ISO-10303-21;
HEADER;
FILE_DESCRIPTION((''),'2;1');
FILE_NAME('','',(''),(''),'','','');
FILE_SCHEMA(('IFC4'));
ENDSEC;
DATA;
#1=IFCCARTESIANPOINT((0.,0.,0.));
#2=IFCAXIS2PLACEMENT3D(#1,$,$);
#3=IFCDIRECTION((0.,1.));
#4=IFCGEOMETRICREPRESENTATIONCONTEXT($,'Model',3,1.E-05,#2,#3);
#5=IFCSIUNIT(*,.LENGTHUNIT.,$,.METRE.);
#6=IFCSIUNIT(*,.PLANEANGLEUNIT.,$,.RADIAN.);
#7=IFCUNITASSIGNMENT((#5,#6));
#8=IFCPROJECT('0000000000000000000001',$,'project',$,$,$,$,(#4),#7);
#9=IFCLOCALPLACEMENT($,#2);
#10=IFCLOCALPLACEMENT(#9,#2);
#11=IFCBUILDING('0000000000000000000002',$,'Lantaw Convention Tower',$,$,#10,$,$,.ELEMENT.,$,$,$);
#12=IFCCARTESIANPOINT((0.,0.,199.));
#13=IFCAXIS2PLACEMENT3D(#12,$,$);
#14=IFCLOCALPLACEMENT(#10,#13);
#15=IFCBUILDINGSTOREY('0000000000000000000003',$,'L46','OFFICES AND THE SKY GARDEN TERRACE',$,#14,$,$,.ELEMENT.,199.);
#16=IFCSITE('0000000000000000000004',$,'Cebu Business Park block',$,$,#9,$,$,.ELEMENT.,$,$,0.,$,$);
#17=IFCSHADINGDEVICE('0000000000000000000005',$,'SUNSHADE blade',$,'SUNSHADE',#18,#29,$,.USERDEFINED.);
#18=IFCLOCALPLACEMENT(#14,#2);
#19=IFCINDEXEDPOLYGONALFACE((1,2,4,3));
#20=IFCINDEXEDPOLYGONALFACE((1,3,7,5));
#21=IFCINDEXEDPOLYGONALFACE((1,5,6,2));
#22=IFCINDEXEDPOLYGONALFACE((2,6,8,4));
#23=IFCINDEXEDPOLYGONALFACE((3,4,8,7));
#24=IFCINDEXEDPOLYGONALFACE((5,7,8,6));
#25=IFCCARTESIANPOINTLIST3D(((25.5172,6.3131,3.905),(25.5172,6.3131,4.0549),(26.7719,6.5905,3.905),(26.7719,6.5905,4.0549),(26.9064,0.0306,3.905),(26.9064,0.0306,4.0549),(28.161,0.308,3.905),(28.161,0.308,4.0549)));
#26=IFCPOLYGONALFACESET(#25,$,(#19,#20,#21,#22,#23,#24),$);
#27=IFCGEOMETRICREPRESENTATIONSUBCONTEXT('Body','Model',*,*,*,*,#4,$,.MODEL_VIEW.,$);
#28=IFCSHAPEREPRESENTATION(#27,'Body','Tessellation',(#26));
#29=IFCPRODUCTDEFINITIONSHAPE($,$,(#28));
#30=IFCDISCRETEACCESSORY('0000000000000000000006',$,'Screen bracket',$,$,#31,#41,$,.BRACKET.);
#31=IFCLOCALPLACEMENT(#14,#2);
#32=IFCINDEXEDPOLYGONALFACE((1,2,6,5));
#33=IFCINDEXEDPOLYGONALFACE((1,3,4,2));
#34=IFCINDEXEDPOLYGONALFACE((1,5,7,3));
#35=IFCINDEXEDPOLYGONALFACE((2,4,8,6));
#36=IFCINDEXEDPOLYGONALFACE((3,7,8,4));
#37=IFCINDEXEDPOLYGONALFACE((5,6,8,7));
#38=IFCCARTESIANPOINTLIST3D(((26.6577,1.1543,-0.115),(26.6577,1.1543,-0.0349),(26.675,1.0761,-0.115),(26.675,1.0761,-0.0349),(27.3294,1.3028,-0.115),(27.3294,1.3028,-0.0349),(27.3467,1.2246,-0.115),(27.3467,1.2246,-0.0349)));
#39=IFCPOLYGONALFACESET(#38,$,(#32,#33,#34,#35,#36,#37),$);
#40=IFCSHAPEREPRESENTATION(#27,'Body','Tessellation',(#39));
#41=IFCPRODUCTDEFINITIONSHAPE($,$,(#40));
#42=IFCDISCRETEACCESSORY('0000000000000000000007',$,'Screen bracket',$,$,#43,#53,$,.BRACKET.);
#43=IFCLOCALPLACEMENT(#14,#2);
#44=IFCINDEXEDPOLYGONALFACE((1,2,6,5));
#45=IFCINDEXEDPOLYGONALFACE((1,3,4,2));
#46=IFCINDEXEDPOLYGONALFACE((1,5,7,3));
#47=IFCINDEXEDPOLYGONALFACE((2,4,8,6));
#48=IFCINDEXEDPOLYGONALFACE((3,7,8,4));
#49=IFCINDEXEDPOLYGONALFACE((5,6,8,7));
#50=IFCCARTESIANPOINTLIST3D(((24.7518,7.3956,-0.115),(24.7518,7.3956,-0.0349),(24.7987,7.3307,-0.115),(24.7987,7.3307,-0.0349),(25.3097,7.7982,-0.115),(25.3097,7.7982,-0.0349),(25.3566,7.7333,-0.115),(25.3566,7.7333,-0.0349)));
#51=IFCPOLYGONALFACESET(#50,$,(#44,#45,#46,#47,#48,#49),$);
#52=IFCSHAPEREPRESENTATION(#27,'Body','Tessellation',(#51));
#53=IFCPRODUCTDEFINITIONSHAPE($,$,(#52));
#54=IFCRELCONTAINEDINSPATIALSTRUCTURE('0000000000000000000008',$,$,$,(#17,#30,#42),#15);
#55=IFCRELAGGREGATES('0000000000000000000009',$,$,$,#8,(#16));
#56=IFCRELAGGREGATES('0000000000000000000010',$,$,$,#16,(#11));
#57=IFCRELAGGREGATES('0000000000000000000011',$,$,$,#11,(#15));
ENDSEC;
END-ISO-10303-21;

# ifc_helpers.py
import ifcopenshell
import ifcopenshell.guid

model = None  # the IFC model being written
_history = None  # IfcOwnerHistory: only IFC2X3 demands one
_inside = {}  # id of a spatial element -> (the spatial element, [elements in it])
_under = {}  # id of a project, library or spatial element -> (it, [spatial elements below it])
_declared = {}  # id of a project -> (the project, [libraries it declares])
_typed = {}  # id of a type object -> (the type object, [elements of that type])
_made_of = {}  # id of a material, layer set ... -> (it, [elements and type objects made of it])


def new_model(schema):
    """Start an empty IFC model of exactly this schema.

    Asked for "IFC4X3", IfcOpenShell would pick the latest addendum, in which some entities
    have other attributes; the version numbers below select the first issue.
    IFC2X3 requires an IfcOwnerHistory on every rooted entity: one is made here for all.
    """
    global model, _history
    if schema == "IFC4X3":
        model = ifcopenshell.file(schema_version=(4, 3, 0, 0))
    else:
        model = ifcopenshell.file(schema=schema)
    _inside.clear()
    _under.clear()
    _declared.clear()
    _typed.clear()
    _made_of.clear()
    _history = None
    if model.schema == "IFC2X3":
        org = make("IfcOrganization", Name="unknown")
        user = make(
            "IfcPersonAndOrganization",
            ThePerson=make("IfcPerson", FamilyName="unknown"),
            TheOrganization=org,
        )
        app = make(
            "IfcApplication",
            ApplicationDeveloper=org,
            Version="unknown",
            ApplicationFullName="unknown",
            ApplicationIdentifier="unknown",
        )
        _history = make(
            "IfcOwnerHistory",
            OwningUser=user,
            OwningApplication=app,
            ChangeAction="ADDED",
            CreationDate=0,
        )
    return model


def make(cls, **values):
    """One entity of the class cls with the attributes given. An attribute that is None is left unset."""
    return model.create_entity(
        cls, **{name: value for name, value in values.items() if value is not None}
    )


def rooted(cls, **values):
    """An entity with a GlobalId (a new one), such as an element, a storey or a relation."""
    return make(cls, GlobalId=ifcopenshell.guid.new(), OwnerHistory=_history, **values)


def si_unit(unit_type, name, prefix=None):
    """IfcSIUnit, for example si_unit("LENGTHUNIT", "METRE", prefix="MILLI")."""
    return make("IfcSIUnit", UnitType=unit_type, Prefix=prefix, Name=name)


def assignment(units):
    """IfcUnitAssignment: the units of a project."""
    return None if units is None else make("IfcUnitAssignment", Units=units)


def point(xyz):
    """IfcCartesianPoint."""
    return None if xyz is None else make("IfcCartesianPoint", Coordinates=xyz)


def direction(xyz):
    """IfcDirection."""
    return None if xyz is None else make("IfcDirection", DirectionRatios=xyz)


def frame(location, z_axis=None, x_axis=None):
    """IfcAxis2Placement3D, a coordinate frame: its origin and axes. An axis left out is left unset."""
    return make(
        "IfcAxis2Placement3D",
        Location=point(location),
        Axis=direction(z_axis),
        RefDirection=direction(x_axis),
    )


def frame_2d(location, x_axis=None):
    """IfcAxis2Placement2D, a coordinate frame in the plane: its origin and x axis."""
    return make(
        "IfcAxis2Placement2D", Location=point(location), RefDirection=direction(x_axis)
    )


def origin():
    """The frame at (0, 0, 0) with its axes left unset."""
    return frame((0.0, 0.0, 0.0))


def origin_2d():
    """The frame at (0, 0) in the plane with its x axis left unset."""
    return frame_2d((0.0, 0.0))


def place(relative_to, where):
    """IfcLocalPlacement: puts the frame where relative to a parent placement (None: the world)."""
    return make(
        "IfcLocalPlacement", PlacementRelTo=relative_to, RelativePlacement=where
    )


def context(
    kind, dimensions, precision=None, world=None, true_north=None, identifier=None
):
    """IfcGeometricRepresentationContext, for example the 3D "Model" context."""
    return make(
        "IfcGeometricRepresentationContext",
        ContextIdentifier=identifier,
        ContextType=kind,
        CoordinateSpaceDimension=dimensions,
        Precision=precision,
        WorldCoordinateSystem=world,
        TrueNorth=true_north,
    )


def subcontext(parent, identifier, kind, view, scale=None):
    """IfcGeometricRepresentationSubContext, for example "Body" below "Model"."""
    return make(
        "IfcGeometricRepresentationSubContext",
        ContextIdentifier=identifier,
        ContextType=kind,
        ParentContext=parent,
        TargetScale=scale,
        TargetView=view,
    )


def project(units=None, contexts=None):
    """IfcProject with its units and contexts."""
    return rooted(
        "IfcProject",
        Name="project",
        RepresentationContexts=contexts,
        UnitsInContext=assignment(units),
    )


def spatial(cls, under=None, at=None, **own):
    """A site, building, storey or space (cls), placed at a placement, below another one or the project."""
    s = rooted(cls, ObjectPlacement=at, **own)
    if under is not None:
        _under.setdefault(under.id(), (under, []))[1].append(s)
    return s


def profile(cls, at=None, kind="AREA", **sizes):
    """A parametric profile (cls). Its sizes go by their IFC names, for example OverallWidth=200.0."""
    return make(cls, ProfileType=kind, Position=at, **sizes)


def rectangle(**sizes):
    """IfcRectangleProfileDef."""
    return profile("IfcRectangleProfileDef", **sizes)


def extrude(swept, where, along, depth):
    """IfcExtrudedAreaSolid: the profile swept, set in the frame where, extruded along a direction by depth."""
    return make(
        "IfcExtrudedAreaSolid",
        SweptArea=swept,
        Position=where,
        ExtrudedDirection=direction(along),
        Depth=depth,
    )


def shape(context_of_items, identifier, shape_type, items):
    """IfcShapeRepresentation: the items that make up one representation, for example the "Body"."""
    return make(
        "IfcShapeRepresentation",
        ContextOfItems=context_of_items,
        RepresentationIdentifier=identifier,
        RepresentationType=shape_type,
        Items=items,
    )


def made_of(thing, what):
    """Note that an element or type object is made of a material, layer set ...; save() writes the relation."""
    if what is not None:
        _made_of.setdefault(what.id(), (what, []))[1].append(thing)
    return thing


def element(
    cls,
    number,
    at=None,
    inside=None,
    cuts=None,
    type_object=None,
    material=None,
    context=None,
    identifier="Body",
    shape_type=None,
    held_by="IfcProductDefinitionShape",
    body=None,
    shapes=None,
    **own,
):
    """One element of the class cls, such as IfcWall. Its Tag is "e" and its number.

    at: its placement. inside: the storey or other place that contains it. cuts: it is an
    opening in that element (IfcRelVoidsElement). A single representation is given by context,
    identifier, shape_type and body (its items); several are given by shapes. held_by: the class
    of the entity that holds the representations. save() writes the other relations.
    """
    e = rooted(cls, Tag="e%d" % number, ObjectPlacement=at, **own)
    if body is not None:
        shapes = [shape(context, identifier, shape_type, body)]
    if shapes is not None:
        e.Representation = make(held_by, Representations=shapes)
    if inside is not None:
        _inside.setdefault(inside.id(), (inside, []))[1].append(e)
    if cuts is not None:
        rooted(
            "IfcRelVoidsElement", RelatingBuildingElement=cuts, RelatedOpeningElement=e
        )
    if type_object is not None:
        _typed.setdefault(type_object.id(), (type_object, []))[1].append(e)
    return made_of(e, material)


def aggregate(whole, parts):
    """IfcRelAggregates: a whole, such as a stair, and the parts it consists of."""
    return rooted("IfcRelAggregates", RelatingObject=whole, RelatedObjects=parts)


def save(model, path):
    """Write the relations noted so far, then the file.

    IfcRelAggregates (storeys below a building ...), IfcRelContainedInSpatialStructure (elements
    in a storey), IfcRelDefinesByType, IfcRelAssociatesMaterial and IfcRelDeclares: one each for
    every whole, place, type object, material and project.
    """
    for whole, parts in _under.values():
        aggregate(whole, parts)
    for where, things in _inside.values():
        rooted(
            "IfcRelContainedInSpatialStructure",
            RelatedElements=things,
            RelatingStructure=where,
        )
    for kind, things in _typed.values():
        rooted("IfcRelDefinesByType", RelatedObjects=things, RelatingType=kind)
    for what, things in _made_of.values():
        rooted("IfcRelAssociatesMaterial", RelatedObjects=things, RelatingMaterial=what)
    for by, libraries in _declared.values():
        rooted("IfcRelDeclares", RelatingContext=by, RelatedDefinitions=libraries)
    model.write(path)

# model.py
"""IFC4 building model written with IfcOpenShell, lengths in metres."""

from ifc_helpers import new_model, si_unit, direction, frame, origin, origin_2d, place, context, subcontext, project, spatial, rectangle, extrude, element, save


model = new_model("IFC4")

# Units and contexts
model_context = context("Model", 3, precision=1e-05, world=origin(), true_north=direction((0.0, 1.0)))
body_context = subcontext(model_context, "Body", "Model", "MODEL_VIEW")
ifc_project = project(units=[si_unit("LENGTHUNIT", "METRE"), si_unit("PLANEANGLEUNIT", "RADIAN")], contexts=[model_context])

# Site, building, storey
site_placement = place(None, origin())
site = spatial("IfcSite", under=ifc_project, at=site_placement, Name="Cebu Business Park block", CompositionType="ELEMENT", RefElevation=0.0)
building_placement = place(site_placement, origin())
building = spatial("IfcBuilding", under=site, at=building_placement, Name="Lantaw Convention Tower", CompositionType="ELEMENT")
storey_placement = place(building_placement, frame((0.0, 0.0, 199.0)))
storey = spatial("IfcBuildingStorey", under=building, at=storey_placement, Name="L46", Description="OFFICES AND THE SKY GARDEN TERRACE", CompositionType="ELEMENT", Elevation=199.0)

# Shading device
shading_device_placement = place(storey_placement, frame((26.8391, 3.3105, 3.905), z_axis=(0.0, 0.0, 1.0), x_axis=(-0.215891, 0.976417, 0.0)))
element("IfcShadingDevice", 1, at=shading_device_placement, inside=storey, Name="SUNSHADE blade", ObjectType="SUNSHADE", PredefinedType="USERDEFINED", context=body_context, shape_type="SweptSolid", body=[
    extrude(rectangle(XDim=6.4343, YDim=1.2849, at=origin_2d()), origin(), (0.0, 0.0, 1.0), 0.1499),
])

# Discrete accessories
for number, where, z_axis, x_axis, name in (
    (2, (27.0022, 1.1895, -0.115), (0.0, 0.0, 1.0), (-0.215891, 0.976417, 0.0), "Screen bracket"),
    (3, (25.0542, 7.5645, -0.115), (0.0, 0.0, 1.0), (-0.585158, 0.81092, 0.0), "Screen bracket"),
):
    element("IfcDiscreteAccessory", number, at=place(storey_placement, frame(where, z_axis=z_axis, x_axis=x_axis)), inside=storey, Name=name, PredefinedType="BRACKET", context=body_context, shape_type="SweptSolid", body=[
        extrude(rectangle(XDim=0.0801, YDim=0.688, at=origin_2d()), origin(), (0.0, 0.0, 1.0), 0.0801),
    ])

save(model, "model.ifc")
